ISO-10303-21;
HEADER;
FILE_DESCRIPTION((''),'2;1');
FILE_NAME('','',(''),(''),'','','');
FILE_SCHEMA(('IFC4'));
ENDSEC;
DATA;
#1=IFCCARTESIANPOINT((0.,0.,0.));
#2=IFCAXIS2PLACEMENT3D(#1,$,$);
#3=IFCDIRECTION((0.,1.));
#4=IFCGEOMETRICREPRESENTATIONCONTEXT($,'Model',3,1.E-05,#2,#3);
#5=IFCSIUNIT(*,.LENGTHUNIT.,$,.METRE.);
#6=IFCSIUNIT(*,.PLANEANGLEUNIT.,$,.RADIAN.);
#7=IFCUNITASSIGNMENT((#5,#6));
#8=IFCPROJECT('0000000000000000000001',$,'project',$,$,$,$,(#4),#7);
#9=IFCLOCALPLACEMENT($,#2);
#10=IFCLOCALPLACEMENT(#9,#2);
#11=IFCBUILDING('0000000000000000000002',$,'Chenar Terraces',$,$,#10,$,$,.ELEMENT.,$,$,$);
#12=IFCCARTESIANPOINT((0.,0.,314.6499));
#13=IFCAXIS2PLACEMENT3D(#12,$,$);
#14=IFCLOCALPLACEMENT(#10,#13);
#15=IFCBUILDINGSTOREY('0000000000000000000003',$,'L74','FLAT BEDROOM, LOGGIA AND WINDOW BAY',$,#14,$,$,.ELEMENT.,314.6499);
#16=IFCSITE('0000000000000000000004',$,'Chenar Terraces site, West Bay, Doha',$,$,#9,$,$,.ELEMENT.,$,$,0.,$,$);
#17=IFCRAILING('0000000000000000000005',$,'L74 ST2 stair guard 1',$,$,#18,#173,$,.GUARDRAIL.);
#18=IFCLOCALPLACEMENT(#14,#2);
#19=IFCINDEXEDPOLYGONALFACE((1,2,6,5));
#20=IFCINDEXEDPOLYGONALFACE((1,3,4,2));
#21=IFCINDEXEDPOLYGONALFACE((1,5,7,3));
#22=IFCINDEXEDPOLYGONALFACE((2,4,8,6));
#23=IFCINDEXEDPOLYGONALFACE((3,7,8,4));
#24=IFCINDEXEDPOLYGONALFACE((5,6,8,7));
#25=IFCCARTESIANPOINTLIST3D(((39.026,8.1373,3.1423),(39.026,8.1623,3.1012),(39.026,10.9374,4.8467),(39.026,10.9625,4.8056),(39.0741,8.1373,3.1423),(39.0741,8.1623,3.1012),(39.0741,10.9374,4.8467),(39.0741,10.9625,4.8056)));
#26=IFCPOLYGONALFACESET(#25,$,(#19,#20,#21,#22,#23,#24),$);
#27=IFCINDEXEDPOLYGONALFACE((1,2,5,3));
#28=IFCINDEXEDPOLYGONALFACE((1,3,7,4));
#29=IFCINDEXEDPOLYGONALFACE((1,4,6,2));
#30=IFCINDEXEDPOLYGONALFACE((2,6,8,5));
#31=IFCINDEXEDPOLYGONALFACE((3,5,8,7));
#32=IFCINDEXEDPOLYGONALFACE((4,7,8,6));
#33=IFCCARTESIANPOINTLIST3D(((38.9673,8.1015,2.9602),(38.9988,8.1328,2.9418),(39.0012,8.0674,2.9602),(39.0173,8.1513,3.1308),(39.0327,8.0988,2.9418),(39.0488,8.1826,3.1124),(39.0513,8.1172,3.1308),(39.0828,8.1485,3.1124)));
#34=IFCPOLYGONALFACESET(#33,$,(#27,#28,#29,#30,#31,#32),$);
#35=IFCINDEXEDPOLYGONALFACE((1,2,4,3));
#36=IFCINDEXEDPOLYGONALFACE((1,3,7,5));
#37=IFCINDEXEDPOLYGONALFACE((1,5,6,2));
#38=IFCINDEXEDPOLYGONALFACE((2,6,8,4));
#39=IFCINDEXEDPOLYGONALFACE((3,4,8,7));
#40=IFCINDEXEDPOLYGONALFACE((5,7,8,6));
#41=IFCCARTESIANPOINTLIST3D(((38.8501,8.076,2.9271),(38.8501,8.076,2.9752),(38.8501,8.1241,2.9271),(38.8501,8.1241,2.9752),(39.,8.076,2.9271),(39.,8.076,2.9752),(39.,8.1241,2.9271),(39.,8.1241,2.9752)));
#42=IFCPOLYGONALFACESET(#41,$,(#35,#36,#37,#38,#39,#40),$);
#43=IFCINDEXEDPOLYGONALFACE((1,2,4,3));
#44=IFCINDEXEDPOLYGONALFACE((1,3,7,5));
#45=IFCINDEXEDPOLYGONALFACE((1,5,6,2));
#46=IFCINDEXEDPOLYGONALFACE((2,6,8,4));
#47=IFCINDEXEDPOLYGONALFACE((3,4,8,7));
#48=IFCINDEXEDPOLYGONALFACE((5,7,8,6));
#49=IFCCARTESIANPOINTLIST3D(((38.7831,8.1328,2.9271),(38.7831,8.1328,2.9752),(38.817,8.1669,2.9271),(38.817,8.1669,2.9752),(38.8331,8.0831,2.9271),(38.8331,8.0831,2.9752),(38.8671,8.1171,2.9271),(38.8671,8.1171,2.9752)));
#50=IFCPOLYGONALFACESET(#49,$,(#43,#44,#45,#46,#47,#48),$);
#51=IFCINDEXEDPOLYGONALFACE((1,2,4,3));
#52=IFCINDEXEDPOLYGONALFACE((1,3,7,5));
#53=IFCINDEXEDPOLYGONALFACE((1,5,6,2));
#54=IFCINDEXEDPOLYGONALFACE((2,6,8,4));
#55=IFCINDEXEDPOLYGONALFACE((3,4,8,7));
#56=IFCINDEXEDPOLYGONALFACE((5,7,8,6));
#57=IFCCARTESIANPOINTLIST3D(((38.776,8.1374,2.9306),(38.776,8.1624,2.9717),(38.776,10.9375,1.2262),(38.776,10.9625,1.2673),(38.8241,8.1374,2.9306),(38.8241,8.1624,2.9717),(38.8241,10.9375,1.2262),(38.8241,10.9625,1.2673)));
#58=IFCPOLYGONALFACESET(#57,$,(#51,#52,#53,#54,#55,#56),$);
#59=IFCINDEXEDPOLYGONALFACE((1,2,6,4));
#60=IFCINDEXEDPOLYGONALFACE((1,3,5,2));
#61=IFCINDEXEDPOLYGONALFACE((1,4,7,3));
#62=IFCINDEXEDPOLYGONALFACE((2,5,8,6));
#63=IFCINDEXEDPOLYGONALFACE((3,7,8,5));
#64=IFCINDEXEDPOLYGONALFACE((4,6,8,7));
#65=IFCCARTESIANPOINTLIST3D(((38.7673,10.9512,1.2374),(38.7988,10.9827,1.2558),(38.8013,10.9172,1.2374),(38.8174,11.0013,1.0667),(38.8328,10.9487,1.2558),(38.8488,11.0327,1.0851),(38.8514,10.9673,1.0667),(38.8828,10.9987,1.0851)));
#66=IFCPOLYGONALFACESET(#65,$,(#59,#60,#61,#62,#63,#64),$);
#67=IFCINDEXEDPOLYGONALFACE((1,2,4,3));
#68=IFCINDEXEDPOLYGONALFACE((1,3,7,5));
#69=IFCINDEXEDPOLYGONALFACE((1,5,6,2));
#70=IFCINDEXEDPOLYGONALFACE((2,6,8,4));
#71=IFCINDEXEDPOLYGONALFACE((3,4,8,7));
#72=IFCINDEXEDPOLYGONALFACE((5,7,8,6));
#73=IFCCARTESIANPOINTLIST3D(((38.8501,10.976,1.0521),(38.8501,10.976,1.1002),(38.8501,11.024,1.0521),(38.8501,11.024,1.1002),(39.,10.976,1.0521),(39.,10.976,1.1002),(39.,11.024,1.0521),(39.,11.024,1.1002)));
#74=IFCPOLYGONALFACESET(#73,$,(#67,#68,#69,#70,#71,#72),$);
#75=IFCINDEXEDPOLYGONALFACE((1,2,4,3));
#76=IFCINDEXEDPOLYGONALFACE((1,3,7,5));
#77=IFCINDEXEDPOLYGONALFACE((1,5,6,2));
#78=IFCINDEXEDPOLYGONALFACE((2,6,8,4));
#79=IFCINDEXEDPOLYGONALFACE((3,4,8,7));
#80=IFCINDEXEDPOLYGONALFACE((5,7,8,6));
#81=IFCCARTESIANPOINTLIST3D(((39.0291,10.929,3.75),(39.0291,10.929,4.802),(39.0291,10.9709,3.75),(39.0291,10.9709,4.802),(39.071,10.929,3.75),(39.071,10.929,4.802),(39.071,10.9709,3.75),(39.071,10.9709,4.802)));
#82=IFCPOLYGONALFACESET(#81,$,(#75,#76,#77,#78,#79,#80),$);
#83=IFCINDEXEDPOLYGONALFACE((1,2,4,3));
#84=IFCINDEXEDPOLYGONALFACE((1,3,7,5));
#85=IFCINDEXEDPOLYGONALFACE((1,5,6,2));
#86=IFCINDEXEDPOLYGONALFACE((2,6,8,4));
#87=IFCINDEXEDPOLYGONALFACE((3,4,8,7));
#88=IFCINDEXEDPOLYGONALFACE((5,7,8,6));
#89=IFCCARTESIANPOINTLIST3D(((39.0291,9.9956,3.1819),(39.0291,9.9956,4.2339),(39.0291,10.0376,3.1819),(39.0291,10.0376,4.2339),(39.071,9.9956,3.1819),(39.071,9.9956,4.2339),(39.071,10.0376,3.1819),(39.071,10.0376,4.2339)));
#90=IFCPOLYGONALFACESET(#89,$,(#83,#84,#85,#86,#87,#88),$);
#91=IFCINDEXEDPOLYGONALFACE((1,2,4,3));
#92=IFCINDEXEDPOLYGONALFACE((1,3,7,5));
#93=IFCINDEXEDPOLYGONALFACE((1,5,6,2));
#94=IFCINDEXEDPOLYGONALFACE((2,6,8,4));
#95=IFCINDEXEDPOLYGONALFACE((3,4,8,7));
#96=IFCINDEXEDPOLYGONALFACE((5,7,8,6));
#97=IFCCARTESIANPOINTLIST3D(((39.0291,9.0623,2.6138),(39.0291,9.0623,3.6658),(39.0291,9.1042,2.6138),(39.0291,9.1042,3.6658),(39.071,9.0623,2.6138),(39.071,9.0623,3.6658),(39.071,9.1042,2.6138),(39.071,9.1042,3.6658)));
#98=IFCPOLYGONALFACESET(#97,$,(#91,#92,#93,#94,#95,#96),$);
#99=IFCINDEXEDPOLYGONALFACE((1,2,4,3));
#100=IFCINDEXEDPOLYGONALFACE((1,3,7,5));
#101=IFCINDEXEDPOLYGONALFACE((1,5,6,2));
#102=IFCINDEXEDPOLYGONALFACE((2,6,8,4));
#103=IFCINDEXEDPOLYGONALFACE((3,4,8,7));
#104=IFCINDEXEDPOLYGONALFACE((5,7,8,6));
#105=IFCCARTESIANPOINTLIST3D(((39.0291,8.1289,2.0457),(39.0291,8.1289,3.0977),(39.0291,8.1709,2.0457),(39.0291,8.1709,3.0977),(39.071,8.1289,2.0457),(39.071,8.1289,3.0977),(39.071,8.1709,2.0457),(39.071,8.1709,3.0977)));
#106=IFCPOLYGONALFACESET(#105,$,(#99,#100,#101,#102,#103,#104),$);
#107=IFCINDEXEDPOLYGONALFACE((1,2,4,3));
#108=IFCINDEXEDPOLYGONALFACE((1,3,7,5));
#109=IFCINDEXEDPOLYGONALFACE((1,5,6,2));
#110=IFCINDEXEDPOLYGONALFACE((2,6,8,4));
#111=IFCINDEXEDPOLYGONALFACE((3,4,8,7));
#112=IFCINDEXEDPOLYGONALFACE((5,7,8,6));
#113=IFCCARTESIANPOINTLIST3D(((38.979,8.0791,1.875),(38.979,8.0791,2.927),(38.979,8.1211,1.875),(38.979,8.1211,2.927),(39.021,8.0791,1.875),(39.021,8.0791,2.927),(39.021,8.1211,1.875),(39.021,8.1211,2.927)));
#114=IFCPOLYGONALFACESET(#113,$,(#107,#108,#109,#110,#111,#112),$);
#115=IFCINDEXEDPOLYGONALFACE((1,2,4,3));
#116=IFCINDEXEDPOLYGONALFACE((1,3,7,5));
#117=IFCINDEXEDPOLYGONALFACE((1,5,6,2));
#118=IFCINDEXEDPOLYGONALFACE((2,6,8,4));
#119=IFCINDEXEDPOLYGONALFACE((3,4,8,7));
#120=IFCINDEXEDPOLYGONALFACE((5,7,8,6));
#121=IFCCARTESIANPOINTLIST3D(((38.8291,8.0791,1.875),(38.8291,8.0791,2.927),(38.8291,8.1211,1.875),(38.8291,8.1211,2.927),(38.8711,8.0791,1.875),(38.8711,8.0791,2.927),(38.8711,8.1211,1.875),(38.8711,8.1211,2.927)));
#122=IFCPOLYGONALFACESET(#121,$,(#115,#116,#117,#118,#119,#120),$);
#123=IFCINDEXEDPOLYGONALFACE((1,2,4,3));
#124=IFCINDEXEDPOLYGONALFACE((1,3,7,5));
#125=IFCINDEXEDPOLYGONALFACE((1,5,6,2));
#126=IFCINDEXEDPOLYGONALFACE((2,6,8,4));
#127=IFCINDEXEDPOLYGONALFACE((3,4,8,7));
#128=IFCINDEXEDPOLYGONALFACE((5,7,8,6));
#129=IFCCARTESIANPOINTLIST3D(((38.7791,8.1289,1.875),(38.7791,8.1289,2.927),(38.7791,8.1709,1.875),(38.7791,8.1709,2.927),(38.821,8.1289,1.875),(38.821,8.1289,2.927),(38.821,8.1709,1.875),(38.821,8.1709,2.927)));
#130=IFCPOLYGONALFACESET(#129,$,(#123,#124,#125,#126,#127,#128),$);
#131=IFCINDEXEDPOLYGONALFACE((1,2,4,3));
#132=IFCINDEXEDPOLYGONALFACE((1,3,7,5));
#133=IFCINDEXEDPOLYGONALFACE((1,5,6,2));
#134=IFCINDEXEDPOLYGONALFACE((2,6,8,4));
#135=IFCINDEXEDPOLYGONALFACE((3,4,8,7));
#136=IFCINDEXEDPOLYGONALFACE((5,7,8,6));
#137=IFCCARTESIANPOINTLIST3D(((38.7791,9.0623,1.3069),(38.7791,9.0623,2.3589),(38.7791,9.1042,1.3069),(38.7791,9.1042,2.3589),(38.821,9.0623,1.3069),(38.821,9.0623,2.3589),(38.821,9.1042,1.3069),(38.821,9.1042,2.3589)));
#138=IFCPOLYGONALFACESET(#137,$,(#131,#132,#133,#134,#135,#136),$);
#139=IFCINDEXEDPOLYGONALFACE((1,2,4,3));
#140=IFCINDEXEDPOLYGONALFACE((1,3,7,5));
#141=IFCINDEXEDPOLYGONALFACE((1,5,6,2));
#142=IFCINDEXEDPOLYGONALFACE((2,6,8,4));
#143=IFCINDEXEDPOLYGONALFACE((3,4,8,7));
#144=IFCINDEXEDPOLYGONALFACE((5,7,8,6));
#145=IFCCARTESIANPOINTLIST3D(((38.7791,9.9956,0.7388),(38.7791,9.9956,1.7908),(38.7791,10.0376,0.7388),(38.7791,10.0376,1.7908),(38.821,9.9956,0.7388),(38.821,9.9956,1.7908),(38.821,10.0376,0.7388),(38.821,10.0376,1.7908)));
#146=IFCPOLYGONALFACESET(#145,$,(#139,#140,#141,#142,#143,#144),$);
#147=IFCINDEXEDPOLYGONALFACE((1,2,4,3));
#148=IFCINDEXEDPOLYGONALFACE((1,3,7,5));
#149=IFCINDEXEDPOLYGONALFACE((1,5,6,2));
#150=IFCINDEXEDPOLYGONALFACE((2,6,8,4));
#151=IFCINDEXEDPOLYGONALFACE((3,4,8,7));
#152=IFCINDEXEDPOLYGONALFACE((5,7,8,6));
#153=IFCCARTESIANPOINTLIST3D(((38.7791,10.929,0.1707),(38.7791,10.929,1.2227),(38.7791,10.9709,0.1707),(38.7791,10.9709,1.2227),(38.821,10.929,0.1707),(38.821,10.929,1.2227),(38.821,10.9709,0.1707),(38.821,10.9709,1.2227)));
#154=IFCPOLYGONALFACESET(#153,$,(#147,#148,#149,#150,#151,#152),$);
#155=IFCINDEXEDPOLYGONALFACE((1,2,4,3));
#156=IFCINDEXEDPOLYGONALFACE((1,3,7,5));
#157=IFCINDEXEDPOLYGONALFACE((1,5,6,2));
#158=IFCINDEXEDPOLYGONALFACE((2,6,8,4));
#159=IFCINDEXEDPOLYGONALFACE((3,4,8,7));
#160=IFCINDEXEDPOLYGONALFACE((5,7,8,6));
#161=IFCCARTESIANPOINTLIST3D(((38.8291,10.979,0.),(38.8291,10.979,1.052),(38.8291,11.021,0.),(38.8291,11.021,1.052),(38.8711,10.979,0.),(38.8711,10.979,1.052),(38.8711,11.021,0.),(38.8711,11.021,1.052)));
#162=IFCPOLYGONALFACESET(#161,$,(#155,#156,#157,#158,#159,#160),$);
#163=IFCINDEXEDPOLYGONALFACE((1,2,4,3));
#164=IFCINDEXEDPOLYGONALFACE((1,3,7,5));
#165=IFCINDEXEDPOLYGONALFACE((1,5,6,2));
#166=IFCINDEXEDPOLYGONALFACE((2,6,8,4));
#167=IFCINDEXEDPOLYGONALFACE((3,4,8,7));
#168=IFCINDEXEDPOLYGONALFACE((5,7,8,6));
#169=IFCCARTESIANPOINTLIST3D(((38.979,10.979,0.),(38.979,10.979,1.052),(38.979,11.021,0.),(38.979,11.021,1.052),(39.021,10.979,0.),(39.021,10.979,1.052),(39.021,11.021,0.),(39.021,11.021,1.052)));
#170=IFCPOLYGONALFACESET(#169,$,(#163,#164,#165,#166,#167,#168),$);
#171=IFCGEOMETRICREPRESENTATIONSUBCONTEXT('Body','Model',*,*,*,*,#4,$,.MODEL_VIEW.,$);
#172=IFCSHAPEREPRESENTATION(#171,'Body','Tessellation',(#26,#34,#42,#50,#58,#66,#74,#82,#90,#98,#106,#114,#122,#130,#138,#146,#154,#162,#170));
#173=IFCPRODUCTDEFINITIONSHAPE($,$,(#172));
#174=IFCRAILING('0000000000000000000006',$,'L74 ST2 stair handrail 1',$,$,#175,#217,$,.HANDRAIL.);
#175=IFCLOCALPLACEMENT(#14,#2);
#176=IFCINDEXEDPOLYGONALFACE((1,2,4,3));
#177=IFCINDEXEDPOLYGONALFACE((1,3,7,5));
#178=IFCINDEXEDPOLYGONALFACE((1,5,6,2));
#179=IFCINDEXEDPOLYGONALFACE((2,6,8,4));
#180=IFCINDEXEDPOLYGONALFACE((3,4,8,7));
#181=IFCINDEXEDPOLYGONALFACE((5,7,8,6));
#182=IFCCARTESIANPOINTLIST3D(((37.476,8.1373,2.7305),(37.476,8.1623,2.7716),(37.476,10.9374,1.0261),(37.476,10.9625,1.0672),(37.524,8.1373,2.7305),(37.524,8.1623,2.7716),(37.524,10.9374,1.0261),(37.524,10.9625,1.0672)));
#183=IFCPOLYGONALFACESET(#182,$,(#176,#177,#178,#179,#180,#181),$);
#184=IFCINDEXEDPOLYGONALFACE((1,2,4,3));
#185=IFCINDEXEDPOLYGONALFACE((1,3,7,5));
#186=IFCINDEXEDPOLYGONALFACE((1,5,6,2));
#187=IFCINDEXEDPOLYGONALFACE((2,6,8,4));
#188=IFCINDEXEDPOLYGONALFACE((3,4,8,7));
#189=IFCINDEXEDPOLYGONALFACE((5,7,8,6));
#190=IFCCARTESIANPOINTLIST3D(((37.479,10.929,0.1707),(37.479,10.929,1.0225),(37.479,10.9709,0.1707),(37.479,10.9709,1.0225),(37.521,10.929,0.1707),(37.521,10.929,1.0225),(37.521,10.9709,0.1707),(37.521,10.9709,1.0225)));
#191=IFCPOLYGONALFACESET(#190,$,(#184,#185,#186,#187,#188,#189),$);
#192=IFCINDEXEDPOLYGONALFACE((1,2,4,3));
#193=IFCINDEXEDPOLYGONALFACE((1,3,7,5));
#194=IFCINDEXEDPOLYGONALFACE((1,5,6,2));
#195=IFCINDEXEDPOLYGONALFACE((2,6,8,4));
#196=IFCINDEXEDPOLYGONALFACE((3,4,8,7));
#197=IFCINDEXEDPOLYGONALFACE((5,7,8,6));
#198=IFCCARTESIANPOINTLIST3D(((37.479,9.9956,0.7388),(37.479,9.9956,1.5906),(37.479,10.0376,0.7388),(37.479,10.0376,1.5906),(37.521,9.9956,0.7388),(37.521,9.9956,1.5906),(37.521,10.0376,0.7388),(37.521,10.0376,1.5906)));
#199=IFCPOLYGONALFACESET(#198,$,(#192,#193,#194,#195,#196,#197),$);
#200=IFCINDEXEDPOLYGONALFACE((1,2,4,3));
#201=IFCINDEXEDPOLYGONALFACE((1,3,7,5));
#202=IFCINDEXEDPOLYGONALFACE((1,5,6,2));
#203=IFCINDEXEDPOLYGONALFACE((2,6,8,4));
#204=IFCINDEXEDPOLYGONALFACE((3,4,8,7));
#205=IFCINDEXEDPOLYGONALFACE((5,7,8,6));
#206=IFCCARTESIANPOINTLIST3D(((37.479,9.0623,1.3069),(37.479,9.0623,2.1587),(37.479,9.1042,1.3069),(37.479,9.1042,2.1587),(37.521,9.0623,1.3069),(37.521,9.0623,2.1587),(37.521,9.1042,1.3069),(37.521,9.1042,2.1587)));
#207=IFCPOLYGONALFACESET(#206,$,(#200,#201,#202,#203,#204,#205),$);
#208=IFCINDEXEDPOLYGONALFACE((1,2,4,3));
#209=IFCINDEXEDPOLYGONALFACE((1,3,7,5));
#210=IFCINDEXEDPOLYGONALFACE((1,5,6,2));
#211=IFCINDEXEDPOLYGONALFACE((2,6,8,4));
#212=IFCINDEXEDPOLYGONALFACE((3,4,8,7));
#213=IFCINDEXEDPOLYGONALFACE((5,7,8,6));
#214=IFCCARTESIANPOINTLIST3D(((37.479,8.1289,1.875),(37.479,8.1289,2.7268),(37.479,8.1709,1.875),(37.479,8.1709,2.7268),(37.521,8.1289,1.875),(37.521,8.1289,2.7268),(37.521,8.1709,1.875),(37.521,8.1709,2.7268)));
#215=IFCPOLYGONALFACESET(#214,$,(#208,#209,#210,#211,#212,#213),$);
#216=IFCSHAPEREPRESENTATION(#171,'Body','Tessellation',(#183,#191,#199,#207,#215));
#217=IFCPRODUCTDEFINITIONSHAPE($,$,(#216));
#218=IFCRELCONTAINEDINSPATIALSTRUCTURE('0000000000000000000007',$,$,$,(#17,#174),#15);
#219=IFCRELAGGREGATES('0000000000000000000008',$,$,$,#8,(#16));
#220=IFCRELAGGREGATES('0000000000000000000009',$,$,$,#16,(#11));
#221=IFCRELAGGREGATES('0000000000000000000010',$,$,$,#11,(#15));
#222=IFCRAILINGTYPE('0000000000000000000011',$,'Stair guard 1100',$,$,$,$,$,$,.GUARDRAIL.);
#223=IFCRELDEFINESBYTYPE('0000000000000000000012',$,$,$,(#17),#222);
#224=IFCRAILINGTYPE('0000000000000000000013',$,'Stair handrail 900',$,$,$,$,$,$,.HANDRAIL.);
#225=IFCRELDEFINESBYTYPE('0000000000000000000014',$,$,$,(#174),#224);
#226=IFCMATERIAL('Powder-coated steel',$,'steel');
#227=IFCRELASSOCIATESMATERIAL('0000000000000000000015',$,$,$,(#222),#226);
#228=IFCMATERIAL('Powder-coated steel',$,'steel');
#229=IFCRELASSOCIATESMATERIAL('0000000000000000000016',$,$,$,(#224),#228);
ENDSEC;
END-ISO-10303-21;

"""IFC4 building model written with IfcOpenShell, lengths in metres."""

from ifc_helpers import new_model, si_unit, direction, frame, origin, origin_2d, place, context, subcontext, project, spatial, rectangle, extrude, material, type_object, element, save


model = new_model("IFC4")

# Units and contexts
model_context = context("Model", 3, precision=1e-05, world=origin(), true_north=direction((0.0, 1.0)))
body_context = subcontext(model_context, "Body", "Model", "MODEL_VIEW")
ifc_project = project(units=[si_unit("LENGTHUNIT", "METRE"), si_unit("PLANEANGLEUNIT", "RADIAN")], contexts=[model_context])

# Site, building, storey
site_placement = place(None, origin())
site = spatial("IfcSite", under=ifc_project, at=site_placement, Name="Chenar Terraces site, West Bay, Doha", CompositionType="ELEMENT", RefElevation=0.0)
building_placement = place(site_placement, origin())
building = spatial("IfcBuilding", under=site, at=building_placement, Name="Chenar Terraces", CompositionType="ELEMENT")
storey_placement = place(building_placement, frame((0.0, 0.0, 314.6499)))
storey = spatial("IfcBuildingStorey", under=building, at=storey_placement, Name="L74", Description="FLAT BEDROOM, LOGGIA AND WINDOW BAY", CompositionType="ELEMENT", Elevation=314.6499)

# Railings
ifc_material_1 = material(Name="Powder-coated steel", Category="steel")
railing_type_1 = type_object("IfcRailingType", Name="Stair guard 1100", PredefinedType="GUARDRAIL", material=ifc_material_1)
railing_1_placement = place(storey_placement, frame((39.05, 10.95, 3.75)))
element("IfcRailing", 1, at=railing_1_placement, inside=storey, type_object=railing_type_1, Name="L74 ST2 stair guard 1", PredefinedType="GUARDRAIL", context=body_context, shape_type="SweptSolid", body=[
    extrude(rectangle(XDim=0.0481, YDim=0.0481, at=origin_2d()), frame((0.0, 0.0, 1.0762), z_axis=(0.0, -0.854203, -0.51994), x_axis=(1.0, 0.0, 0.0)), (0.0, 0.0, 1.0), 3.2781),
    extrude(rectangle(XDim=0.0481, YDim=0.0481, at=origin_2d()), frame((0.0, -2.8, -0.6284), z_axis=(-0.270997, -0.269675, -0.924033), x_axis=(0.705376, -0.708834, 0.0)), (0.0, 0.0, 1.0), 0.1846),
    extrude(rectangle(XDim=0.0481, YDim=0.0481, at=origin_2d()), frame((-0.05, -2.8499, -0.7988), z_axis=(-1.0, 0.0, 0.0), x_axis=(0.0, -1.0, 0.0)), (0.0, 0.0, 1.0), 0.1499),
    extrude(rectangle(XDim=0.0481, YDim=0.0481, at=origin_2d()), frame((-0.2, -2.8499, -0.7988), z_axis=(-0.708834, 0.705376, 0.0), x_axis=(-0.705376, -0.708834, 0.0)), (0.0, 0.0, 1.0), 0.0706),
    extrude(rectangle(XDim=0.0481, YDim=0.0481, at=origin_2d()), frame((-0.25, -2.8, -0.7988), z_axis=(0.0, 0.854203, -0.51994), x_axis=(-1.0, 0.0, 0.0)), (0.0, 0.0, 1.0), 3.2781),
    extrude(rectangle(XDim=0.0481, YDim=0.0481, at=origin_2d()), frame((-0.25, 0.0, -2.5034), z_axis=(0.2709, 0.2709, -0.923703), x_axis=(-0.707107, 0.707107, 0.0)), (0.0, 0.0, 1.0), 0.1848),
    extrude(rectangle(XDim=0.0481, YDim=0.0481, at=origin_2d()), frame((-0.2, 0.05, -2.6738), z_axis=(1.0, 0.0, 0.0), x_axis=(0.0, 1.0, 0.0)), (0.0, 0.0, 1.0), 0.1499),
    extrude(rectangle(XDim=0.042, YDim=0.042, at=origin_2d()), origin(), (0.0, 0.0, 1.0), 1.052),
    extrude(rectangle(XDim=0.042, YDim=0.042, at=origin_2d()), frame((0.0, -0.9333, -0.5681)), (0.0, 0.0, 1.0), 1.052),
    extrude(rectangle(XDim=0.042, YDim=0.042, at=origin_2d()), frame((0.0, -1.8667, -1.1362)), (0.0, 0.0, 1.0), 1.052),
    extrude(rectangle(XDim=0.042, YDim=0.042, at=origin_2d()), frame((0.0, -2.8, -1.7043)), (0.0, 0.0, 1.0), 1.052),
    extrude(rectangle(XDim=0.042, YDim=0.042, at=origin_2d()), frame((-0.05, -2.8499, -1.875)), (0.0, 0.0, 1.0), 1.052),
    extrude(rectangle(XDim=0.042, YDim=0.042, at=origin_2d()), frame((-0.2, -2.8499, -1.875)), (0.0, 0.0, 1.0), 1.052),
    extrude(rectangle(XDim=0.042, YDim=0.042, at=origin_2d()), frame((-0.25, -2.8, -1.875)), (0.0, 0.0, 1.0), 1.052),
    extrude(rectangle(XDim=0.042, YDim=0.042, at=origin_2d()), frame((-0.25, -1.8667, -2.4431)), (0.0, 0.0, 1.0), 1.052),
    extrude(rectangle(XDim=0.042, YDim=0.042, at=origin_2d()), frame((-0.25, -0.9333, -3.0112)), (0.0, 0.0, 1.0), 1.052),
    extrude(rectangle(XDim=0.042, YDim=0.042, at=origin_2d()), frame((-0.25, 0.0, -3.5793)), (0.0, 0.0, 1.0), 1.052),
    extrude(rectangle(XDim=0.042, YDim=0.042, at=origin_2d()), frame((-0.2, 0.05, -3.75)), (0.0, 0.0, 1.0), 1.052),
    extrude(rectangle(XDim=0.042, YDim=0.042, at=origin_2d()), frame((-0.05, 0.05, -3.75)), (0.0, 0.0, 1.0), 1.052),
])
ifc_material_2 = material(Name="Powder-coated steel", Category="steel")
railing_type_2 = type_object("IfcRailingType", Name="Stair handrail 900", PredefinedType="HANDRAIL", material=ifc_material_2)
railing_2_placement = place(storey_placement, frame((37.5, 10.95, 0.1707)))
element("IfcRailing", 2, at=railing_2_placement, inside=storey, type_object=railing_type_2, Name="L74 ST2 stair handrail 1", PredefinedType="HANDRAIL", context=body_context, shape_type="SweptSolid", body=[
    extrude(rectangle(XDim=0.0481, YDim=0.0481, at=origin_2d()), frame((0.0, 0.0, 0.876), z_axis=(0.0, -0.854203, 0.51994), x_axis=(1.0, 0.0, 0.0)), (0.0, 0.0, 1.0), 3.2781),
    extrude(rectangle(XDim=0.042, YDim=0.042, at=origin_2d()), origin(), (0.0, 0.0, 1.0), 0.8518),
    extrude(rectangle(XDim=0.042, YDim=0.042, at=origin_2d()), frame((0.0, -0.9333, 0.5681)), (0.0, 0.0, 1.0), 0.8518),
    extrude(rectangle(XDim=0.042, YDim=0.042, at=origin_2d()), frame((0.0, -1.8667, 1.1362)), (0.0, 0.0, 1.0), 0.8518),
    extrude(rectangle(XDim=0.042, YDim=0.042, at=origin_2d()), frame((0.0, -2.8, 1.7043)), (0.0, 0.0, 1.0), 0.8518),
])

save(model, "model.ifc")
